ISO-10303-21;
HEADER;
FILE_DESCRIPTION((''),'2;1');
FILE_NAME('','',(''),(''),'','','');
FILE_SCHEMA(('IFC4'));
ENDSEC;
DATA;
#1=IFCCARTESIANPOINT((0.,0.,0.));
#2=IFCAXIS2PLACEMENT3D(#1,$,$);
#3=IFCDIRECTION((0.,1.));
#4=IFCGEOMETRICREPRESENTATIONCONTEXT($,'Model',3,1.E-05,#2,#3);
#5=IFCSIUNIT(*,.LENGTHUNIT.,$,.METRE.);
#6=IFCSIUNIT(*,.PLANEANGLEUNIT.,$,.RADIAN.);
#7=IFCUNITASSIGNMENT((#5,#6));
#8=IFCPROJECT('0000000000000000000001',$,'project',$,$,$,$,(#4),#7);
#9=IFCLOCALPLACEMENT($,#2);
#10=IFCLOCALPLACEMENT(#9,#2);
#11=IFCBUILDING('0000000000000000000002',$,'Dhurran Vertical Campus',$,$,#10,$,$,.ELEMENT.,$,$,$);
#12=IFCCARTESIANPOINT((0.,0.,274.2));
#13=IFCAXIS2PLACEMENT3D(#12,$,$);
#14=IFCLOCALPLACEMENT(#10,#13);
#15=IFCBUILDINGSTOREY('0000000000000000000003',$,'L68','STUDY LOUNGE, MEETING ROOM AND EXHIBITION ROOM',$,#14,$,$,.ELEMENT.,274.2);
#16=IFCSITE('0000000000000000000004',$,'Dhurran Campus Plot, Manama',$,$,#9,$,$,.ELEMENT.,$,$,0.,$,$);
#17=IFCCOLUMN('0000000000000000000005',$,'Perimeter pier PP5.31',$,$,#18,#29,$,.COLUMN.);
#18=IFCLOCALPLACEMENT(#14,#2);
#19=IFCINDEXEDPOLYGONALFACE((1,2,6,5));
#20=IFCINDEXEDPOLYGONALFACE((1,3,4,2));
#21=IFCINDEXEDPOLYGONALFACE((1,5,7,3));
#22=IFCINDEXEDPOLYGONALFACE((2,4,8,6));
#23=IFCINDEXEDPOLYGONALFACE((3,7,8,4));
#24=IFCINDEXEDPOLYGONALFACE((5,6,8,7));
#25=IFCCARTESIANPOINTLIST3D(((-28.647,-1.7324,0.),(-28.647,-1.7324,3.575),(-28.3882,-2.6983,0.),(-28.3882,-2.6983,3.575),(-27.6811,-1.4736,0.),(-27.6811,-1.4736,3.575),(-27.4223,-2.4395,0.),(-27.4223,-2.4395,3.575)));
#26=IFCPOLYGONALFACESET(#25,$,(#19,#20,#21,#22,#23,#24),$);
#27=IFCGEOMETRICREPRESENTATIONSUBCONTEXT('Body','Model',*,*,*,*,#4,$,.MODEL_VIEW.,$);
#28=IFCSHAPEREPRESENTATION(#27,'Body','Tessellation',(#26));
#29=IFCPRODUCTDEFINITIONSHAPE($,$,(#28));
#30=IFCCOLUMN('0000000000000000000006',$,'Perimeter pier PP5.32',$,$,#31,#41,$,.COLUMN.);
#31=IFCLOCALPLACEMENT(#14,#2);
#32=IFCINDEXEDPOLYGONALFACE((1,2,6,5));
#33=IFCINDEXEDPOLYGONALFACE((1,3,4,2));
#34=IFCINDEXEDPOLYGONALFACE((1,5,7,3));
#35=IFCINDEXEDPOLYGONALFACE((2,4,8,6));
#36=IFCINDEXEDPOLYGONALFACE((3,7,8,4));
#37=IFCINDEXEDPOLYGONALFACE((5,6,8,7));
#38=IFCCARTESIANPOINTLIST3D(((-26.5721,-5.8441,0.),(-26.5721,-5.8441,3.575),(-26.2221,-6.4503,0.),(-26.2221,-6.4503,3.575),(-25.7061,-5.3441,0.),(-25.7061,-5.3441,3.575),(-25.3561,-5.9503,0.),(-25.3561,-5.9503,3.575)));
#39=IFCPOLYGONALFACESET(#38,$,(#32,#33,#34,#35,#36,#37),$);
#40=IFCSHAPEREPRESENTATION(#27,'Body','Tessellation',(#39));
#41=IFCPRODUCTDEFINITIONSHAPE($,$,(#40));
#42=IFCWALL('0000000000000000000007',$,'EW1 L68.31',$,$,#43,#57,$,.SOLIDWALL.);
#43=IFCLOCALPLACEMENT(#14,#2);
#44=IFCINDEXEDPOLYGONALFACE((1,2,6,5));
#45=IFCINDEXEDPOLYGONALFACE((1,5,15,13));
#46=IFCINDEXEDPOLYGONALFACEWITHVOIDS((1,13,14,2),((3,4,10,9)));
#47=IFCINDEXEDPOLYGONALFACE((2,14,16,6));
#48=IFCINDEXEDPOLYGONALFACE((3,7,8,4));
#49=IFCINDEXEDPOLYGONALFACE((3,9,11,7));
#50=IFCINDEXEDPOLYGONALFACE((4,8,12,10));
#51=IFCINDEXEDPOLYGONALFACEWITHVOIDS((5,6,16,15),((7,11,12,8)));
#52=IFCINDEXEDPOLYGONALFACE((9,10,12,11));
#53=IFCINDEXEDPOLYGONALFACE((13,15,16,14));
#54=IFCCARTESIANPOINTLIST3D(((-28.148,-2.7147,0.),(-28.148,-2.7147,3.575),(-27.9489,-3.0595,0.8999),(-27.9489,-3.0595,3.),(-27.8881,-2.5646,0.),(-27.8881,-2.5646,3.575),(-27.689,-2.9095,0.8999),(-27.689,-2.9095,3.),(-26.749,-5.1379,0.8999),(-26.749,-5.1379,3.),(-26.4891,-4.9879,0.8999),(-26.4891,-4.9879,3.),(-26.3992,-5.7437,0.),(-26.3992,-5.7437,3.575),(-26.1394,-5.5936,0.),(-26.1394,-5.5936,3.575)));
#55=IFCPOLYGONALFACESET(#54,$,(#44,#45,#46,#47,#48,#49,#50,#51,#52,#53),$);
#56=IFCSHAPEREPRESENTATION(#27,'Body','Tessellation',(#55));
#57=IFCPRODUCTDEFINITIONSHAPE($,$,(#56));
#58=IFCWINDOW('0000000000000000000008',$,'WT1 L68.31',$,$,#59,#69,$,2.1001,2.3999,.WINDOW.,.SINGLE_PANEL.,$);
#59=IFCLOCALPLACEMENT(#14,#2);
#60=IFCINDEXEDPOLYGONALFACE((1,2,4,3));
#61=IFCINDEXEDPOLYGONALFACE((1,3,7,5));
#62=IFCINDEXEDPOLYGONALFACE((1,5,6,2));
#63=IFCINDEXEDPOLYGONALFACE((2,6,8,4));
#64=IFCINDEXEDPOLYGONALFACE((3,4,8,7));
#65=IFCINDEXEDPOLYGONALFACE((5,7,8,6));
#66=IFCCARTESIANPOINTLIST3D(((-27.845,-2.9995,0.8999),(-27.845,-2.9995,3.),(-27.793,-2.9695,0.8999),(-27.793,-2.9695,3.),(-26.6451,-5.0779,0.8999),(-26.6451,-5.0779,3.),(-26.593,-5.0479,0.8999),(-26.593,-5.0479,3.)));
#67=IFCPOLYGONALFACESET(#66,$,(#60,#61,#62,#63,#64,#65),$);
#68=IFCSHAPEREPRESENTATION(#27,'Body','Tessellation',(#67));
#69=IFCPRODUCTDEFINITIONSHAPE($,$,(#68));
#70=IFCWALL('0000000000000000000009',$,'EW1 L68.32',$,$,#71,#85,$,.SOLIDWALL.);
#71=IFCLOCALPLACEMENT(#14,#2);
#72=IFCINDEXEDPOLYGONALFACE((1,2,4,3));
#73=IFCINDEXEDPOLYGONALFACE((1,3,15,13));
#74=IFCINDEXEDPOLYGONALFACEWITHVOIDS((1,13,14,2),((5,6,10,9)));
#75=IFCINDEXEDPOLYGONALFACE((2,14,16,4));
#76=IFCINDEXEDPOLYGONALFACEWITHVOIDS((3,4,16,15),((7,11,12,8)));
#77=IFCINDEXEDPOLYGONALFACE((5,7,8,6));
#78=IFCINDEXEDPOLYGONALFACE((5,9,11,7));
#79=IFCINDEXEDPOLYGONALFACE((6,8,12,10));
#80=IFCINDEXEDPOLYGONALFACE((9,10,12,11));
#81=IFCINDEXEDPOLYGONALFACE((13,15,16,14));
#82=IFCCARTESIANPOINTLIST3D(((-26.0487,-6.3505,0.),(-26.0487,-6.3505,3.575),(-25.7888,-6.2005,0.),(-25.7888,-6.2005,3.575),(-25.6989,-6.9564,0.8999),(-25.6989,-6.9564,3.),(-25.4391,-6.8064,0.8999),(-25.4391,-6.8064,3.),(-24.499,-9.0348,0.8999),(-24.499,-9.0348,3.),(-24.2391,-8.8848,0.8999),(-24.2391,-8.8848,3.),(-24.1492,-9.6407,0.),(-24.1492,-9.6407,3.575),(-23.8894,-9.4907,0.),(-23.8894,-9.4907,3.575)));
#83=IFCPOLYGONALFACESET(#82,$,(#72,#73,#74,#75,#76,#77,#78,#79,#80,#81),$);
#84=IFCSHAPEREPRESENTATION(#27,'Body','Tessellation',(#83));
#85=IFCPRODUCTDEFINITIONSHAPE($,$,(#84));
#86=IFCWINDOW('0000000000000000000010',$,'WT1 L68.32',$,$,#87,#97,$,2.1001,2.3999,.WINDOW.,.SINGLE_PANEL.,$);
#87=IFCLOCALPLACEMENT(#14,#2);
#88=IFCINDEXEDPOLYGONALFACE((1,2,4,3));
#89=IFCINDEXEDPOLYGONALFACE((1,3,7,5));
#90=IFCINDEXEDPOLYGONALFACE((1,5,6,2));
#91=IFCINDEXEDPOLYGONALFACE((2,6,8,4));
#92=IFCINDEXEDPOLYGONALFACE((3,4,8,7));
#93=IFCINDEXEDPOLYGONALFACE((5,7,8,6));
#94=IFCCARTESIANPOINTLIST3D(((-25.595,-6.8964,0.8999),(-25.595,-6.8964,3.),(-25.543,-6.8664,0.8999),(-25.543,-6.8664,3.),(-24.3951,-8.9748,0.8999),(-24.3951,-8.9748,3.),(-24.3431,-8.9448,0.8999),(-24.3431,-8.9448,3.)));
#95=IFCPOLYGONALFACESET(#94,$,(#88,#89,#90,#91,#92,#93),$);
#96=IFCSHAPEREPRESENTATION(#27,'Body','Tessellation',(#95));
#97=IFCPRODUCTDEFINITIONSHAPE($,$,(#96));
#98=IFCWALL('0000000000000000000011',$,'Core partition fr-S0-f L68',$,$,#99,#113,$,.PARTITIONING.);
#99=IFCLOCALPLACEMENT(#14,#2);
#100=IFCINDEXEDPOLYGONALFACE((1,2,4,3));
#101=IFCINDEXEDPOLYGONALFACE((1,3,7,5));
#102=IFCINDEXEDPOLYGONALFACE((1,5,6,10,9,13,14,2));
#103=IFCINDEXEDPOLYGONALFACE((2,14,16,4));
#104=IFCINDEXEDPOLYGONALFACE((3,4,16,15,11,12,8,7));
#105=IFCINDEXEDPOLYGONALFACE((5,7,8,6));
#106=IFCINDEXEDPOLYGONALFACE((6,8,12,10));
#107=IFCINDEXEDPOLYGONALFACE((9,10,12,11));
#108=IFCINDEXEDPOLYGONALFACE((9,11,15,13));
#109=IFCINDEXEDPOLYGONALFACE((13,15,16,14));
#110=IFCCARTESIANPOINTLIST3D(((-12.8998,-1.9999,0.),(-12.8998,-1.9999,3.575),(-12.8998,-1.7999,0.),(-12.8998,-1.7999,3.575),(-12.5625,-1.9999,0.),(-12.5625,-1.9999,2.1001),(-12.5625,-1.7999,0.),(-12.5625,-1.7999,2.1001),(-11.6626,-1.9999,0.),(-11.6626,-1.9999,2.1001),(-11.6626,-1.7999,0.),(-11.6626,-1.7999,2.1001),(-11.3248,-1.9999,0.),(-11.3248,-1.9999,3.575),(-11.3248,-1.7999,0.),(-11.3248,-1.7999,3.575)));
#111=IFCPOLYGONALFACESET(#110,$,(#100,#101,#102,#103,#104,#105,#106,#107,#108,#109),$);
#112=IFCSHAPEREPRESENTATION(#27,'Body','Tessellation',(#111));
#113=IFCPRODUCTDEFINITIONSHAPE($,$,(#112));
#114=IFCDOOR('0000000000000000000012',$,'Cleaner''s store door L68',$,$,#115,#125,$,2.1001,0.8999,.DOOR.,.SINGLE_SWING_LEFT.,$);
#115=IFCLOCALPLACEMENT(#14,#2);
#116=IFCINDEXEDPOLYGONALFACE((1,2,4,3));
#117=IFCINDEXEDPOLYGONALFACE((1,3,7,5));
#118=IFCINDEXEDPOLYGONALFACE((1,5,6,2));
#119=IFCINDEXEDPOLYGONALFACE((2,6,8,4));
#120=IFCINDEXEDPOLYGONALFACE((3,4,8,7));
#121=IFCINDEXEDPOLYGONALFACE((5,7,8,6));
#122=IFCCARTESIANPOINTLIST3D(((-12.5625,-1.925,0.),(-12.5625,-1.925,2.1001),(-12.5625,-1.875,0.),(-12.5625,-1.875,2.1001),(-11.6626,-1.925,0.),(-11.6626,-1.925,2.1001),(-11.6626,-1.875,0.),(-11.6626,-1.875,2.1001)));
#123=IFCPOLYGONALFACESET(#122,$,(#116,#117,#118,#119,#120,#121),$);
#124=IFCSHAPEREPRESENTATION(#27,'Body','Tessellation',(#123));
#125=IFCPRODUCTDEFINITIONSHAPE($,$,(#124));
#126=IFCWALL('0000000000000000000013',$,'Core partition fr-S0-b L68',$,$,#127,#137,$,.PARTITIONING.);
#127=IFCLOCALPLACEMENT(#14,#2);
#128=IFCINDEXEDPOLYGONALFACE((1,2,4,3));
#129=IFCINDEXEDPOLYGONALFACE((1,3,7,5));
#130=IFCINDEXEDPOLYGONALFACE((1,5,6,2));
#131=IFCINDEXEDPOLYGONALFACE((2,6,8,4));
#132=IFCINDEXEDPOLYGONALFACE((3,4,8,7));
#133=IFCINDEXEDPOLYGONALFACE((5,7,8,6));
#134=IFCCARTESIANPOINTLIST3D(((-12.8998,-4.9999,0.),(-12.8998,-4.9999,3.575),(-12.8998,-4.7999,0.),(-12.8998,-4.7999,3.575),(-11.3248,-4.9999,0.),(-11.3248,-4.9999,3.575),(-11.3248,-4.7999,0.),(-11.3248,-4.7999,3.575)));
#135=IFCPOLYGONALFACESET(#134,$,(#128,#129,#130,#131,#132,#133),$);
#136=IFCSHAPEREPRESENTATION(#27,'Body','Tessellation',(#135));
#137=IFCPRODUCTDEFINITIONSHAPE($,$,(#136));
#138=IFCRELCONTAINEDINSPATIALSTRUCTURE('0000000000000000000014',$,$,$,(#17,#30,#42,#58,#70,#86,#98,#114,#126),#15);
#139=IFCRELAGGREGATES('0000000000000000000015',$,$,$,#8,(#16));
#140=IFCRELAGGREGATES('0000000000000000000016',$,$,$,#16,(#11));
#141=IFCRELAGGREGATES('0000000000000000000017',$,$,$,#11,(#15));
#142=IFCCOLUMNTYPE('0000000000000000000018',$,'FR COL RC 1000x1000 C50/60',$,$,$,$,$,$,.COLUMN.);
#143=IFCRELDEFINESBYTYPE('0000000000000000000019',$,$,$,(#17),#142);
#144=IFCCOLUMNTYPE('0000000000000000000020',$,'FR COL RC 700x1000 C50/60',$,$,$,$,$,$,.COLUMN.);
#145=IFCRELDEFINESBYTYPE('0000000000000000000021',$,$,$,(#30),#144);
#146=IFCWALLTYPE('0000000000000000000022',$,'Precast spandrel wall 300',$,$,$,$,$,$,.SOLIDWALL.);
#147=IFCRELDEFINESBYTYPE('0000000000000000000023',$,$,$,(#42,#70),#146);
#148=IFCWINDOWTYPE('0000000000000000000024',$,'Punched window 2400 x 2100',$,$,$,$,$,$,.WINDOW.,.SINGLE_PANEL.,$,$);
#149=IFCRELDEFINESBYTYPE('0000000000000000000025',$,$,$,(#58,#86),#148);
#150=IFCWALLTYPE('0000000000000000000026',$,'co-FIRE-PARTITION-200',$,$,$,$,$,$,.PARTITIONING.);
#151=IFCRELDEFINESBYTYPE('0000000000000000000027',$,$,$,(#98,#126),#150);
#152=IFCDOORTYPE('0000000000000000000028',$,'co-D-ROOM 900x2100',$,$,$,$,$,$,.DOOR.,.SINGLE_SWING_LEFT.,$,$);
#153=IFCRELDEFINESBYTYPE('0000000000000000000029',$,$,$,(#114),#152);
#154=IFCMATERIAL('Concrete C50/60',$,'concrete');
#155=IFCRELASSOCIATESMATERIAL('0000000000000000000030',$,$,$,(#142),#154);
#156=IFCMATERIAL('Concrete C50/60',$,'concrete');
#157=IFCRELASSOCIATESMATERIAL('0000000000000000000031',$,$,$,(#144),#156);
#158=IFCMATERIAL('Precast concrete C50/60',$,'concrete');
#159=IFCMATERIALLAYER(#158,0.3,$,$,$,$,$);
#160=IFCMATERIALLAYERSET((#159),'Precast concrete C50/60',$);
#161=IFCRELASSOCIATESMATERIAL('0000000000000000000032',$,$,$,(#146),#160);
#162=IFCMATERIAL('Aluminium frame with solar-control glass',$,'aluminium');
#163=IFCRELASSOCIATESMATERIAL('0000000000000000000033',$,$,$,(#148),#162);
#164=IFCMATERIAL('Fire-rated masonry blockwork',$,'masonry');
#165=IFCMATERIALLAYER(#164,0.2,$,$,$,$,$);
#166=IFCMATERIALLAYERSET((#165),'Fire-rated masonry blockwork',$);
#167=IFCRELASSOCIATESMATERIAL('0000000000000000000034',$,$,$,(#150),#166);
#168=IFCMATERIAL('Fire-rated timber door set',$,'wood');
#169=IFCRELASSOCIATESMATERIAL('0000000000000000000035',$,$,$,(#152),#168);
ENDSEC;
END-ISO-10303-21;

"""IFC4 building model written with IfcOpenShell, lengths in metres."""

from ifc_helpers import new_model, si_unit, direction, frame, frame_2d, origin, origin_2d, place, context, subcontext, project, spatial, rectangle, extrude, material, layer, layer_set, material_profile, profile_set, type_object, element, fill, save


model = new_model("IFC4")

# Units and contexts
model_context = context("Model", 3, precision=1e-05, world=origin(), true_north=direction((0.0, 1.0)))
body_context = subcontext(model_context, "Body", "Model", "MODEL_VIEW")
ifc_project = project(units=[si_unit("LENGTHUNIT", "METRE"), si_unit("PLANEANGLEUNIT", "RADIAN")], contexts=[model_context])

# Site, building, storey
site_placement = place(None, origin())
site = spatial("IfcSite", under=ifc_project, at=site_placement, Name="Dhurran Campus Plot, Manama", CompositionType="ELEMENT", RefElevation=0.0)
building_placement = place(site_placement, origin())
building = spatial("IfcBuilding", under=site, at=building_placement, Name="Dhurran Vertical Campus", CompositionType="ELEMENT")
storey_placement = place(building_placement, frame((0.0, 0.0, 274.2)))
storey = spatial("IfcBuildingStorey", under=building, at=storey_placement, Name="L68", Description="STUDY LOUNGE, MEETING ROOM AND EXHIBITION ROOM", CompositionType="ELEMENT", Elevation=274.2)

# Columns
ifc_material_1 = material(Name="Concrete C50/60", Category="concrete")
ifc_material_profile_1 = material_profile(ifc_material_1, rectangle(XDim=1.0, YDim=1.0, at=origin_2d()), Name="RC 1000x1000")
ifc_profile_set_1 = profile_set([ifc_material_profile_1], Name="Concrete C50/60")
column_type_1 = type_object("IfcColumnType", Name="FR COL RC 1000x1000 C50/60", PredefinedType="COLUMN", material=ifc_profile_set_1)
column_1_placement = place(storey_placement, frame((-28.0347, -2.0859, 0.0), z_axis=(0.0, 0.0, 1.0), x_axis=(0.258819, -0.965926, 0.0)))
element("IfcColumn", 1, at=column_1_placement, inside=storey, type_object=column_type_1, Name="Perimeter pier PP5.31", PredefinedType="COLUMN", context=body_context, shape_type="SweptSolid", body=[
    extrude(rectangle(XDim=1.0, YDim=1.0, at=origin_2d()), origin(), (0.0, 0.0, 1.0), 3.575),
])
ifc_material_2 = material(Name="Concrete C50/60", Category="concrete")
ifc_material_profile_2 = material_profile(ifc_material_2, rectangle(XDim=0.7, YDim=1.0, at=origin_2d()), Name="RC 700x1000")
ifc_profile_set_2 = profile_set([ifc_material_profile_2], Name="Concrete C50/60")
column_type_2 = type_object("IfcColumnType", Name="FR COL RC 700x1000 C50/60", PredefinedType="COLUMN", material=ifc_profile_set_2)
column_2_placement = place(storey_placement, frame((-25.9641, -5.8972, 0.0), z_axis=(0.0, 0.0, 1.0), x_axis=(0.5, -0.866025, 0.0)))
element("IfcColumn", 2, at=column_2_placement, inside=storey, type_object=column_type_2, Name="Perimeter pier PP5.32", PredefinedType="COLUMN", context=body_context, shape_type="SweptSolid", body=[
    extrude(rectangle(XDim=0.7, YDim=1.0, at=origin_2d()), origin(), (0.0, 0.0, 1.0), 3.575),
])

# Walls, openings, windows
ifc_material_3 = material(Name="Precast concrete C50/60", Category="concrete")
ifc_layer_1 = layer(ifc_material_3, 0.3)
ifc_layer_set_1 = layer_set([ifc_layer_1], Name="Precast concrete C50/60")
wall_type_1 = type_object("IfcWallType", Name="Precast spandrel wall 300", PredefinedType="SOLIDWALL", material=ifc_layer_set_1)
wall_1_placement = place(storey_placement, frame((-28.0181, -2.6396, 0.0), z_axis=(0.0, 0.0, 1.0), x_axis=(0.49999, -0.866031, 0.0)))
wall_1 = element("IfcWall", 3, at=wall_1_placement, inside=storey, type_object=wall_type_1, Name="EW1 L68.31", PredefinedType="SOLIDWALL", context=body_context, shape_type="SweptSolid", body=[
    extrude(rectangle(XDim=3.4976, YDim=0.3, at=frame_2d((1.7488, 0.0))), origin(), (0.0, 0.0, 1.0), 3.575),
])
opening_1_placement = place(wall_1_placement, frame((0.3982, 0.0, 0.8999)))
opening_1 = element("IfcOpeningElement", 4, at=opening_1_placement, cuts=wall_1, PredefinedType="OPENING", context=body_context, shape_type="SweptSolid", body=[
    extrude(rectangle(XDim=2.3999, YDim=2.1001, at=frame_2d((1.2, 1.05))), frame((0.0, 0.1599, 0.0), z_axis=(0.0, -1.0, 0.0), x_axis=(1.0, 0.0, 0.0)), (0.0, 0.0, 1.0), 0.3201),
])
ifc_material_4 = material(Name="Aluminium frame with solar-control glass", Category="aluminium")
window_type = type_object("IfcWindowType", Name="Punched window 2400 x 2100", PartitioningType="SINGLE_PANEL", PredefinedType="WINDOW", material=ifc_material_4)
window_1_placement = place(opening_1_placement, origin())
window_1 = element("IfcWindow", 5, at=window_1_placement, inside=storey, type_object=window_type, Name="WT1 L68.31", OverallHeight=2.1001, OverallWidth=2.3999, PartitioningType="SINGLE_PANEL", PredefinedType="WINDOW", context=body_context, shape_type="SweptSolid", body=[
    extrude(rectangle(XDim=2.3999, YDim=2.1001, at=frame_2d((1.2, 1.05))), frame((0.0, 0.03, 0.0), z_axis=(0.0, -1.0, 0.0), x_axis=(1.0, 0.0, 0.0)), (0.0, 0.0, 1.0), 0.0601),
])
fill(opening_1, window_1)
wall_2_placement = place(storey_placement, frame((-25.9187, -6.2756, 0.0), z_axis=(0.0, 0.0, 1.0), x_axis=(0.499982, -0.866036, 0.0)))
wall_2 = element("IfcWall", 6, at=wall_2_placement, inside=storey, type_object=wall_type_1, Name="EW1 L68.32", PredefinedType="SOLIDWALL", context=body_context, shape_type="SweptSolid", body=[
    extrude(rectangle(XDim=3.7991, YDim=0.3, at=frame_2d((1.8994, 0.0))), origin(), (0.0, 0.0, 1.0), 3.575),
])
opening_2_placement = place(wall_2_placement, frame((0.6995, 0.0, 0.8999)))
opening_2 = element("IfcOpeningElement", 7, at=opening_2_placement, cuts=wall_2, PredefinedType="OPENING", context=body_context, shape_type="SweptSolid", body=[
    extrude(rectangle(XDim=2.3999, YDim=2.1001, at=frame_2d((1.2, 1.05))), frame((0.0, 0.1599, 0.0), z_axis=(0.0, -1.0, 0.0), x_axis=(1.0, 0.0, 0.0)), (0.0, 0.0, 1.0), 0.3201),
])
window_2_placement = place(opening_2_placement, origin())
window_2 = element("IfcWindow", 8, at=window_2_placement, inside=storey, type_object=window_type, Name="WT1 L68.32", OverallHeight=2.1001, OverallWidth=2.3999, PartitioningType="SINGLE_PANEL", PredefinedType="WINDOW", context=body_context, shape_type="SweptSolid", body=[
    extrude(rectangle(XDim=2.3999, YDim=2.1001, at=frame_2d((1.2, 1.05))), frame((0.0, 0.03, 0.0), z_axis=(0.0, -1.0, 0.0), x_axis=(1.0, 0.0, 0.0)), (0.0, 0.0, 1.0), 0.0601),
])
fill(opening_2, window_2)

# Wall, opening, door
ifc_material_5 = material(Name="Fire-rated masonry blockwork", Category="masonry")
ifc_layer_2 = layer(ifc_material_5, 0.2)
ifc_layer_set_2 = layer_set([ifc_layer_2], Name="Fire-rated masonry blockwork")
wall_type_2 = type_object("IfcWallType", Name="co-FIRE-PARTITION-200", PredefinedType="PARTITIONING", material=ifc_layer_set_2)
wall_3_placement = place(storey_placement, frame((-12.8999, -1.8999, 0.0), z_axis=(0.0, 0.0, 1.0), x_axis=(1.0, 0.0, 0.0)))
wall_3 = element("IfcWall", 9, at=wall_3_placement, inside=storey, type_object=wall_type_2, Name="Core partition fr-S0-f L68", PredefinedType="PARTITIONING", context=body_context, shape_type="SweptSolid", body=[
    extrude(rectangle(XDim=1.575, YDim=0.2, at=frame_2d((0.7876, 0.0))), origin(), (0.0, 0.0, 1.0), 3.575),
])
opening_3_placement = place(wall_3_placement, frame((0.3374, 0.0, 0.0)))
opening_3 = element("IfcOpeningElement", 10, at=opening_3_placement, cuts=wall_3, PredefinedType="OPENING", context=body_context, shape_type="SweptSolid", body=[
    extrude(rectangle(XDim=0.8999, YDim=2.1001, at=frame_2d((0.45, 1.05))), frame((0.0, 0.1099, 0.0), z_axis=(0.0, -1.0, 0.0), x_axis=(1.0, 0.0, 0.0)), (0.0, 0.0, 1.0), 0.22),
])
ifc_material_6 = material(Name="Fire-rated timber door set", Category="wood")
door_type_1 = type_object("IfcDoorType", Name="co-D-ROOM 900x2100", OperationType="SINGLE_SWING_LEFT", PredefinedType="DOOR", material=ifc_material_6)
door_1_placement = place(opening_3_placement, origin())
door_1 = element("IfcDoor", 11, at=door_1_placement, inside=storey, type_object=door_type_1, Name="Cleaner's store door L68", OperationType="SINGLE_SWING_LEFT", OverallHeight=2.1001, OverallWidth=0.8999, PredefinedType="DOOR", context=body_context, shape_type="SweptSolid", body=[
    extrude(rectangle(XDim=0.8999, YDim=2.1001, at=frame_2d((0.45, 1.05))), frame((0.0, 0.0249, 0.0), z_axis=(0.0, -1.0, 0.0), x_axis=(1.0, 0.0, 0.0)), (0.0, 0.0, 1.0), 0.05),
])
fill(opening_3, door_1)

# Wall
wall_4_placement = place(storey_placement, frame((-12.8999, -4.8999, 0.0), z_axis=(0.0, 0.0, 1.0), x_axis=(1.0, 0.0, 0.0)))
element("IfcWall", 12, at=wall_4_placement, inside=storey, type_object=wall_type_2, Name="Core partition fr-S0-b L68", PredefinedType="PARTITIONING", context=body_context, shape_type="SweptSolid", body=[
    extrude(rectangle(XDim=1.575, YDim=0.2, at=frame_2d((0.7876, 0.0))), origin(), (0.0, 0.0, 1.0), 3.575),
])

save(model, "model.ifc")
